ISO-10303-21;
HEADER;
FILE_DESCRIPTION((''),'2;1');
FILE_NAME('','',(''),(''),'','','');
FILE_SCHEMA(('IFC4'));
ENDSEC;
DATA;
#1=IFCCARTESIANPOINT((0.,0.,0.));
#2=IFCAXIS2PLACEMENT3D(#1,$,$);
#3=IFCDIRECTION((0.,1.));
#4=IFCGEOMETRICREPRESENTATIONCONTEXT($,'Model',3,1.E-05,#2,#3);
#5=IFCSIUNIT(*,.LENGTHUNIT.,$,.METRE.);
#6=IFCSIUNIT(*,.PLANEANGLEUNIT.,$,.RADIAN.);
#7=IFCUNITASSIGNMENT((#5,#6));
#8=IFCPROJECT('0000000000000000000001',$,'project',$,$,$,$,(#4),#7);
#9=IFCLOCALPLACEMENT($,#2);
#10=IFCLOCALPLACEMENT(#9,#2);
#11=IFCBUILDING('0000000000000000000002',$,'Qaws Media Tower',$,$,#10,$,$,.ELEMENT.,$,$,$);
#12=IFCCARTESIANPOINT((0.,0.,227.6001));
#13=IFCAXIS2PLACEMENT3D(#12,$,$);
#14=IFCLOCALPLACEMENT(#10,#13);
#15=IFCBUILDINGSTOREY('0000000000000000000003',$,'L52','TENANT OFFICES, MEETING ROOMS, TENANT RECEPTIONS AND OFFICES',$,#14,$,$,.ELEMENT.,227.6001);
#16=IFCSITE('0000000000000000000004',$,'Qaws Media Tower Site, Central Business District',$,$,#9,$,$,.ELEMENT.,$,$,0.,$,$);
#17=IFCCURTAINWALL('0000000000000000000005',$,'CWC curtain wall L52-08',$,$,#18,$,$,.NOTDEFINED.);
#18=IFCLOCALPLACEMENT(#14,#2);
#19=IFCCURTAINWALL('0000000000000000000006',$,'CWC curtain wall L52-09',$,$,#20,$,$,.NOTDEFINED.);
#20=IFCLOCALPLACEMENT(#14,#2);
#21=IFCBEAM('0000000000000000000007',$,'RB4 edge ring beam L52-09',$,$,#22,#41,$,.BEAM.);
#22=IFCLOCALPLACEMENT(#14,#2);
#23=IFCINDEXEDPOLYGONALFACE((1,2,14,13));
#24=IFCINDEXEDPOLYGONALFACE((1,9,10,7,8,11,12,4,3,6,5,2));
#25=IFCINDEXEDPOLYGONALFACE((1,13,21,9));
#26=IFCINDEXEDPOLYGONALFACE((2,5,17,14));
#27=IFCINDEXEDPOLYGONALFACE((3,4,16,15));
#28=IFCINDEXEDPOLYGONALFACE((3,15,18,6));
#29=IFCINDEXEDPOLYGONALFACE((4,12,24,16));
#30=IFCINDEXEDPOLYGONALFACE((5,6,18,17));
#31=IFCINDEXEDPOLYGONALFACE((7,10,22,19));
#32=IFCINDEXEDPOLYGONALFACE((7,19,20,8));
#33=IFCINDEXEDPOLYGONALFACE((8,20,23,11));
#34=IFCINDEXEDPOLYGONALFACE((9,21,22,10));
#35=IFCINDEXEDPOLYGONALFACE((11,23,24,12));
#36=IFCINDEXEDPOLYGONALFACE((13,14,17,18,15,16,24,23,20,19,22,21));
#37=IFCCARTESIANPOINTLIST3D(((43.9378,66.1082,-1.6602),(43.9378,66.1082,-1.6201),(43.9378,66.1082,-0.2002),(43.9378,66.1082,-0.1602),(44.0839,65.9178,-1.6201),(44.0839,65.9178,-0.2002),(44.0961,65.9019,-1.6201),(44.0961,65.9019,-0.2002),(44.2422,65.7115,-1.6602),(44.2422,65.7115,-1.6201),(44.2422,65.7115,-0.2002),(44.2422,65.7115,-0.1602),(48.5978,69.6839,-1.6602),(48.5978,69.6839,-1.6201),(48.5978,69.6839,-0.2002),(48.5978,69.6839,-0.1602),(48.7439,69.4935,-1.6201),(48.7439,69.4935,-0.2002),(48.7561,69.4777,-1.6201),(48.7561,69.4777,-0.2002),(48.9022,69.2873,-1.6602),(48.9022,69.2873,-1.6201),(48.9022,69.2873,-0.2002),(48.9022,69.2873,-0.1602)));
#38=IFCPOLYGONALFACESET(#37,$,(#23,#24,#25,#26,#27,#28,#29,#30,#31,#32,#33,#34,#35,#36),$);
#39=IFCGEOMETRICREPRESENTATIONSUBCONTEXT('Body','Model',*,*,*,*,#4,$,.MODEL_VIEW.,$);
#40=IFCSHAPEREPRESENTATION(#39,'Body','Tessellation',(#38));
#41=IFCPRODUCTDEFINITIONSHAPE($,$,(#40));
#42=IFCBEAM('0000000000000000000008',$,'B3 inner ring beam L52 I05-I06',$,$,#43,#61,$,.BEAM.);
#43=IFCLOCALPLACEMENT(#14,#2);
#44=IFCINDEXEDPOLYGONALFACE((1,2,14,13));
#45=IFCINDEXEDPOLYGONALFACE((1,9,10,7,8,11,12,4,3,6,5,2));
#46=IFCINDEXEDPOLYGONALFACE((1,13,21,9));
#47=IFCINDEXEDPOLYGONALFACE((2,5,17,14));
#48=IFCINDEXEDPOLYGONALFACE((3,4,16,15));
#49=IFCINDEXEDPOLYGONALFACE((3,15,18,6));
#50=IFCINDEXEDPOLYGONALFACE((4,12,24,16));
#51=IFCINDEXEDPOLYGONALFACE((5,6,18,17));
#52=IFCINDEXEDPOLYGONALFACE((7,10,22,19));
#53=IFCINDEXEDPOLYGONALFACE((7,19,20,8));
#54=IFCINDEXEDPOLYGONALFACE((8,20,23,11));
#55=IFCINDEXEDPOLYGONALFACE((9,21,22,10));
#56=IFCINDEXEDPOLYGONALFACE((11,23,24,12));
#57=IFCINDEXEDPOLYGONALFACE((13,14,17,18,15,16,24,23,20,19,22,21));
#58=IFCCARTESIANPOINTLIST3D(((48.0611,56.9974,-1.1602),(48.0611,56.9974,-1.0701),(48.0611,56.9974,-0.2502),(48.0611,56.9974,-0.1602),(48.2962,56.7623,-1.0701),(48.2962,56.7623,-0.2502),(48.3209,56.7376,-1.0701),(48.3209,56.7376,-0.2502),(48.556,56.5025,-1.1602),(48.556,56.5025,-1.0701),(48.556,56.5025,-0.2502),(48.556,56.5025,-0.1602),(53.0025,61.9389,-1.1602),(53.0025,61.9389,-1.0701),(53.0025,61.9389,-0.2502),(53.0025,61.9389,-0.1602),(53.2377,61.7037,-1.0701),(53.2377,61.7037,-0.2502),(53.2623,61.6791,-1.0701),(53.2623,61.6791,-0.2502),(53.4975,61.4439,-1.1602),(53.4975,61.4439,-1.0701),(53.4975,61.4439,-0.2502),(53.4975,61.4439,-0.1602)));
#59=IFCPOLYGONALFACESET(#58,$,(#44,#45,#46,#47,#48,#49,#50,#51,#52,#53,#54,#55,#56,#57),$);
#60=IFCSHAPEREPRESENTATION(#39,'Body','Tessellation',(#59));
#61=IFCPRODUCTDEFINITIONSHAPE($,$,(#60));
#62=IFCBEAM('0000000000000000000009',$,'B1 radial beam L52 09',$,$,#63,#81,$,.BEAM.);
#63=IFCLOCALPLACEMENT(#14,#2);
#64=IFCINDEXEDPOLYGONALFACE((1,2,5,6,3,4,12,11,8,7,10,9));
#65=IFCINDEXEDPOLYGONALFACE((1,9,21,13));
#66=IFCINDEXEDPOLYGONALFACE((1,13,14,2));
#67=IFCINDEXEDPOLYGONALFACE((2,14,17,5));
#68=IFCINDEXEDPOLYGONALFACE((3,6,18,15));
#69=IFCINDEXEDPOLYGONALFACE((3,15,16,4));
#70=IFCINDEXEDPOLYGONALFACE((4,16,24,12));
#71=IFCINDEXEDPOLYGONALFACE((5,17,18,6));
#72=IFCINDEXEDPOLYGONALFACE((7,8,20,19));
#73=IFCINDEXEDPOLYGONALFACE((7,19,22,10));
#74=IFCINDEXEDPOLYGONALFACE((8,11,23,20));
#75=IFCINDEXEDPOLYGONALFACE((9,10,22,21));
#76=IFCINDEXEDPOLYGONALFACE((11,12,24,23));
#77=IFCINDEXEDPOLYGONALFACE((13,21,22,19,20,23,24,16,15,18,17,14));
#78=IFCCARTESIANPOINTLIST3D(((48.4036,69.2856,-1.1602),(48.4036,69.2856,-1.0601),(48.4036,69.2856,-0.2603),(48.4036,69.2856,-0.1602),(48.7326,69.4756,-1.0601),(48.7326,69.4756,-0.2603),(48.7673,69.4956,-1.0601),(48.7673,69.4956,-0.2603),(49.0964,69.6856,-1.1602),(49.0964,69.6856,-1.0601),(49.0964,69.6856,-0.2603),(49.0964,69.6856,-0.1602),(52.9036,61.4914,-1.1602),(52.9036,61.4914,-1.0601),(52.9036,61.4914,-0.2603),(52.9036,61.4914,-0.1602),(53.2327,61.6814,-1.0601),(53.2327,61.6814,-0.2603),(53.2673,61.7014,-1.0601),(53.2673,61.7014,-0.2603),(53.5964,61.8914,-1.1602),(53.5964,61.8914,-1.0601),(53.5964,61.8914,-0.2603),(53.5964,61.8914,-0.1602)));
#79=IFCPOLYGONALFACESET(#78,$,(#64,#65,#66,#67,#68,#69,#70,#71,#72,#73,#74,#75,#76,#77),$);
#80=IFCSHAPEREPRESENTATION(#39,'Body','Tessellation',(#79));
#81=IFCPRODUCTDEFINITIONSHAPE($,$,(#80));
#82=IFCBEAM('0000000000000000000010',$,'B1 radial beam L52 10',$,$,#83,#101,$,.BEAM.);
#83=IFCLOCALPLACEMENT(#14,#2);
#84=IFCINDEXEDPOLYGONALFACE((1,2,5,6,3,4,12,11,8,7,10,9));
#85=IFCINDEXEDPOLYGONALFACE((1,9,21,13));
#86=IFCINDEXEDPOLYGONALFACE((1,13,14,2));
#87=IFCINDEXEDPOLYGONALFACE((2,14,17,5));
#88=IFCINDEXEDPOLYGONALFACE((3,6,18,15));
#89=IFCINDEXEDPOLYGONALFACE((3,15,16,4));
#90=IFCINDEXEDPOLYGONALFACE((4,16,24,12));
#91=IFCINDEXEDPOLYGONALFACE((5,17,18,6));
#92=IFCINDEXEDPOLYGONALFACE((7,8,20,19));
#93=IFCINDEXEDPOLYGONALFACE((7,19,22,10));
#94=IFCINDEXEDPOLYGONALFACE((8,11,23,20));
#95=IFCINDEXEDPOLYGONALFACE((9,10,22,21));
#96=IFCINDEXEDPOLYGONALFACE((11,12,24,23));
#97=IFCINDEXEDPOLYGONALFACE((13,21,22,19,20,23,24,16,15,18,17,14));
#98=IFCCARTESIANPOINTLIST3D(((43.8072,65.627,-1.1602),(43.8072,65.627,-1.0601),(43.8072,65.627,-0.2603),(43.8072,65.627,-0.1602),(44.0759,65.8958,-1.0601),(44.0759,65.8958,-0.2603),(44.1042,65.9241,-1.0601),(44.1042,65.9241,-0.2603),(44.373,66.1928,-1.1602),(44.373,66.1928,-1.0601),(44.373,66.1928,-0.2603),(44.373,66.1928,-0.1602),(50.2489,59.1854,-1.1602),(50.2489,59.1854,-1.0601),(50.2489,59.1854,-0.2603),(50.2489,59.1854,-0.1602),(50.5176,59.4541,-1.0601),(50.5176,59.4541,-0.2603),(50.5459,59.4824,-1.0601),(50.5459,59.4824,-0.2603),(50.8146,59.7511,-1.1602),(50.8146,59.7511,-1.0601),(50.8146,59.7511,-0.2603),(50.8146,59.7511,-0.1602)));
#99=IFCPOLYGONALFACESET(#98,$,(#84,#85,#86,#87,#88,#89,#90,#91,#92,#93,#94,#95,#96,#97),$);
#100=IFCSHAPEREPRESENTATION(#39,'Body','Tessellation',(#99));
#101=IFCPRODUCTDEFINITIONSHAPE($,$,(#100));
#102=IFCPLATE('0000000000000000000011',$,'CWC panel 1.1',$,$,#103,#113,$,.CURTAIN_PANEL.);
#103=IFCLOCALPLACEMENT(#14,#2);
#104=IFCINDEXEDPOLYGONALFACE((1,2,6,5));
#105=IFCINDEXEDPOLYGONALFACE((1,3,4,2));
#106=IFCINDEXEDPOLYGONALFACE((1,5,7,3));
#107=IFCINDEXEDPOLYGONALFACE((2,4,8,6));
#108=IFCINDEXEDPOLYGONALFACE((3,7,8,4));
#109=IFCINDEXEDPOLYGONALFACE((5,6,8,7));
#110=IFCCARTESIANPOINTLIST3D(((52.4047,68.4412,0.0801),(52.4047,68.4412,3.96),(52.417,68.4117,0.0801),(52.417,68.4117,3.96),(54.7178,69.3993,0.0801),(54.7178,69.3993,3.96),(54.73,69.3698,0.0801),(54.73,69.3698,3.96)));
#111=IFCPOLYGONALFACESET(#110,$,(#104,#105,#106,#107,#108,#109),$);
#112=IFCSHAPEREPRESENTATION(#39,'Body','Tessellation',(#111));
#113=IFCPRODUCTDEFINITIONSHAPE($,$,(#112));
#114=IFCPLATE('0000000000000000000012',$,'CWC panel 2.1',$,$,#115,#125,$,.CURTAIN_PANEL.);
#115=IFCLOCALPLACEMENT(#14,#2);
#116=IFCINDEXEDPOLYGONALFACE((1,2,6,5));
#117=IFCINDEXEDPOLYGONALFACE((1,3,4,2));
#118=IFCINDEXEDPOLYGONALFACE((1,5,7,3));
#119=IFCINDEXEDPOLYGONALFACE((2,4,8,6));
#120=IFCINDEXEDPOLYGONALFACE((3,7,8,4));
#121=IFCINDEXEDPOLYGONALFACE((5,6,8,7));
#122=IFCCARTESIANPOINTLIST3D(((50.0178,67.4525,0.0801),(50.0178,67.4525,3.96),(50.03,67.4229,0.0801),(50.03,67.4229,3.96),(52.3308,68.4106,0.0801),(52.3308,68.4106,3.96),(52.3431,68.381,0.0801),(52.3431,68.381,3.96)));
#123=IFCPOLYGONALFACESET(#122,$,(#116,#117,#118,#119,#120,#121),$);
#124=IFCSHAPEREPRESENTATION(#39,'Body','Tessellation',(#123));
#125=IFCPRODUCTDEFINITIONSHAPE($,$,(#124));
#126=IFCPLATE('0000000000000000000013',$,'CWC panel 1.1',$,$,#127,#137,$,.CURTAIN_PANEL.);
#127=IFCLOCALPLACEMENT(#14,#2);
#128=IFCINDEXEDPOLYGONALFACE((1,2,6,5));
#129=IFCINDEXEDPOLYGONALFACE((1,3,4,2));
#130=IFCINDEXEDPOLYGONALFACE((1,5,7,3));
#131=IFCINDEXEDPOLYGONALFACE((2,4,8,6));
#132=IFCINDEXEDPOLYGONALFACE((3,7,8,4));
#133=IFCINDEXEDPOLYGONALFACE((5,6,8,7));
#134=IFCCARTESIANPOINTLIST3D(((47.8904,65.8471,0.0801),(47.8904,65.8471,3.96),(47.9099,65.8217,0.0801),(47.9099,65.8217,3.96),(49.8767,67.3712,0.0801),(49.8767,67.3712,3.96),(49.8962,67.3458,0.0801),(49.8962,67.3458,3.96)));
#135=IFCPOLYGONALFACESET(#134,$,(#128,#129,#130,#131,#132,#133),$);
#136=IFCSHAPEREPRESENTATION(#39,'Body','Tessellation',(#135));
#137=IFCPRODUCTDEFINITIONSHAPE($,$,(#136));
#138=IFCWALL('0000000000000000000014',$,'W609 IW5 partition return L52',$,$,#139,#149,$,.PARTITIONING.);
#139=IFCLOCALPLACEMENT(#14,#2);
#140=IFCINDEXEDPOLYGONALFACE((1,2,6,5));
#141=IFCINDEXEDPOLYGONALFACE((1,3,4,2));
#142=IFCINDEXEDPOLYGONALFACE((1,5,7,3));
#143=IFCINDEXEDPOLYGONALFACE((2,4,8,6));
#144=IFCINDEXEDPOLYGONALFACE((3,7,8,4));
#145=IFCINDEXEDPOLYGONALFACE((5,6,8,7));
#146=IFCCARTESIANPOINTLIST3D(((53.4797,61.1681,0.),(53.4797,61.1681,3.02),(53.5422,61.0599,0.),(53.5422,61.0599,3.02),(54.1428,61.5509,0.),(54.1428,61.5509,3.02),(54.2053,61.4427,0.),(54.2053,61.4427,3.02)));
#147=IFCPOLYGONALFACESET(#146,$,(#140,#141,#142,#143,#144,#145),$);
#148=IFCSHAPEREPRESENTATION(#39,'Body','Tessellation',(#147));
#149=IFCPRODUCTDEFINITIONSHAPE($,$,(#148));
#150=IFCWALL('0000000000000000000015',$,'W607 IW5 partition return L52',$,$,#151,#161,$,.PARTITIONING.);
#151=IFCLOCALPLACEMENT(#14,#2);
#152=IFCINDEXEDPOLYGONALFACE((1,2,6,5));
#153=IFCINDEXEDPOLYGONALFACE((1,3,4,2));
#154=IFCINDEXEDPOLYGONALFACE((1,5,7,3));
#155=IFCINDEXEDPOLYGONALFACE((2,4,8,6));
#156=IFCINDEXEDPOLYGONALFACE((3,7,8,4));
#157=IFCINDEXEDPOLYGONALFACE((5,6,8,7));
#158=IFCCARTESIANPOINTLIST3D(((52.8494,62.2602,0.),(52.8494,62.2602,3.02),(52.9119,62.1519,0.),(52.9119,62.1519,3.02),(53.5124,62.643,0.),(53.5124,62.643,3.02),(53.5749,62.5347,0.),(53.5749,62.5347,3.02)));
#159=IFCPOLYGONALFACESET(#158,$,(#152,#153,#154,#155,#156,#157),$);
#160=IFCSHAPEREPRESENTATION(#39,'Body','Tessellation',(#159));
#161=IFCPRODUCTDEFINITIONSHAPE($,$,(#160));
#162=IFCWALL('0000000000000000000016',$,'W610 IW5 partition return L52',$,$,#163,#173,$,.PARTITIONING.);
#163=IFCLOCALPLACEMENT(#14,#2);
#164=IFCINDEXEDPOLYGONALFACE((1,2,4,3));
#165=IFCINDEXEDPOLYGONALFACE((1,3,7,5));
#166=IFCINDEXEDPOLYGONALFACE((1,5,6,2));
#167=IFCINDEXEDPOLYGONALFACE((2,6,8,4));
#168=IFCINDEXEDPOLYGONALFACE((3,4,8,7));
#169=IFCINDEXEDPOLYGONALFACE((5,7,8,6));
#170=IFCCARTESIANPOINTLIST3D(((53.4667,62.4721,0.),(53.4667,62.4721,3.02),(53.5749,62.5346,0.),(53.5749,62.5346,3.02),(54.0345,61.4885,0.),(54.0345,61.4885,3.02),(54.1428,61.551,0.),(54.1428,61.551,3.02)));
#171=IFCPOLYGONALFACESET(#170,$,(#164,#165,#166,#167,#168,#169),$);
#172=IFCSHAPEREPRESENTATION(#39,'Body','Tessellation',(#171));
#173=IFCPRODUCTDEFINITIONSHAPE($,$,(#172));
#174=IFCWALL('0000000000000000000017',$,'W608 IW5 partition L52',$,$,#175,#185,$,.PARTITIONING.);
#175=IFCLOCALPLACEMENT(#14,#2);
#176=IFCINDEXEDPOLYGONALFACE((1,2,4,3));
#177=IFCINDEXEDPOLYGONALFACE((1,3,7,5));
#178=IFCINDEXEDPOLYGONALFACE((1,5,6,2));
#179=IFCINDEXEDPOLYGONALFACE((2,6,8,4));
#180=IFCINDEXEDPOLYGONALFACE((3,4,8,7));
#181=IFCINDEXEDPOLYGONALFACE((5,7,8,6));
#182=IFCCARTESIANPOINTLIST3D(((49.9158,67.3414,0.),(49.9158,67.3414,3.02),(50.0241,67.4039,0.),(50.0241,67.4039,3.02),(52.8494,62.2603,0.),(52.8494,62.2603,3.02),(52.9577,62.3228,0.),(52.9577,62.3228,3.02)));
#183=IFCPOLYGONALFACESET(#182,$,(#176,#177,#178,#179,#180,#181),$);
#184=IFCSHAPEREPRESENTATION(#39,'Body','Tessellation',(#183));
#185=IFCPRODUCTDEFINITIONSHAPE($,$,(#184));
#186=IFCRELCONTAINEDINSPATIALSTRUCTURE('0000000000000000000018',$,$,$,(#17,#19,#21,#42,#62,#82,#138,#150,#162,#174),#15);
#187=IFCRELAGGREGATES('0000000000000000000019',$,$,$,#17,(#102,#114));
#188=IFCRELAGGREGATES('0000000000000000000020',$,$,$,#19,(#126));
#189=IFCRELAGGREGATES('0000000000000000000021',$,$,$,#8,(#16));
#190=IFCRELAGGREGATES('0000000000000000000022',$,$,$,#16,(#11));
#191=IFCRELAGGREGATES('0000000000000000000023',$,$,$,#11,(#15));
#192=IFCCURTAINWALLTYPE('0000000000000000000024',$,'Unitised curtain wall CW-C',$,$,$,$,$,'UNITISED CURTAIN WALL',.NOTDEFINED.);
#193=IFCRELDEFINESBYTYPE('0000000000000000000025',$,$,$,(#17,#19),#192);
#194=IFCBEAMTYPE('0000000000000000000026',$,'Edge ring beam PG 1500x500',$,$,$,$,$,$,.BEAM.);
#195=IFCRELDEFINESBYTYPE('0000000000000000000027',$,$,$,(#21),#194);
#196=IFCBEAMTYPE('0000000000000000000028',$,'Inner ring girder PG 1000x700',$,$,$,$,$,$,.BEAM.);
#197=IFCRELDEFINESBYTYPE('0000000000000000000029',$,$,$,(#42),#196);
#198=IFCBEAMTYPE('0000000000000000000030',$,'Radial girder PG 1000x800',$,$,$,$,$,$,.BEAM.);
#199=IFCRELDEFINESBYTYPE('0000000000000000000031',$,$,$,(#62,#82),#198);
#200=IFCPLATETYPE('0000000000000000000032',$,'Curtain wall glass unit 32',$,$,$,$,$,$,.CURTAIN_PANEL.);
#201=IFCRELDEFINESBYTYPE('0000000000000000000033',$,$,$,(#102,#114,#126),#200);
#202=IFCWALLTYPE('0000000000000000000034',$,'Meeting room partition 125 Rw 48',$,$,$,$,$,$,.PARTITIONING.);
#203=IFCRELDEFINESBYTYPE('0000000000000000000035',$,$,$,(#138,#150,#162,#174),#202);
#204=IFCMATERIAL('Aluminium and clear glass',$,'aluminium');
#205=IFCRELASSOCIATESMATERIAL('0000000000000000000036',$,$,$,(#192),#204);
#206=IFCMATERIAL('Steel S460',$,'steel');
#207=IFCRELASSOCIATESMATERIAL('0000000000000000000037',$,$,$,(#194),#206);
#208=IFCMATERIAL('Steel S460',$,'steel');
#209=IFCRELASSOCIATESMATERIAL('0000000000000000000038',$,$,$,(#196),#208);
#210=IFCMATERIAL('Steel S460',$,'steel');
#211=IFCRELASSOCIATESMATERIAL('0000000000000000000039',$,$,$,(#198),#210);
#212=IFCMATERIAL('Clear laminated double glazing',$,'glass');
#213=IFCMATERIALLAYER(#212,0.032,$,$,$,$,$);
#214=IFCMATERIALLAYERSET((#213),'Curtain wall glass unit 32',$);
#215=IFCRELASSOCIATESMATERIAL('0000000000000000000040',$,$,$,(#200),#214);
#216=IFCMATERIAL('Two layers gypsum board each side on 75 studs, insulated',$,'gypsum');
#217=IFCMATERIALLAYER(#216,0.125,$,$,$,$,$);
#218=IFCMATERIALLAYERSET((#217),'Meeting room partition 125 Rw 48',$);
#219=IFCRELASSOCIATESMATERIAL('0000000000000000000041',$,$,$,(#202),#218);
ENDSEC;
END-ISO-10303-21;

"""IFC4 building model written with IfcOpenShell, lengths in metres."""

from ifc_helpers import new_model, si_unit, direction, frame, frame_2d, origin, origin_2d, place, context, subcontext, project, spatial, rectangle, i_section, extrude, material, layer, layer_set, material_profile, profile_set, type_object, element, aggregate, save


model = new_model("IFC4")

# Units and contexts
model_context = context("Model", 3, precision=1e-05, world=origin(), true_north=direction((0.0, 1.0)))
body_context = subcontext(model_context, "Body", "Model", "MODEL_VIEW")
ifc_project = project(units=[si_unit("LENGTHUNIT", "METRE"), si_unit("PLANEANGLEUNIT", "RADIAN")], contexts=[model_context])

# Site, building, storey
site_placement = place(None, origin())
site = spatial("IfcSite", under=ifc_project, at=site_placement, Name="Qaws Media Tower Site, Central Business District", CompositionType="ELEMENT", RefElevation=0.0)
building_placement = place(site_placement, origin())
building = spatial("IfcBuilding", under=site, at=building_placement, Name="Qaws Media Tower", CompositionType="ELEMENT")
storey_placement = place(building_placement, frame((0.0, 0.0, 227.6001)))
storey = spatial("IfcBuildingStorey", under=building, at=storey_placement, Name="L52", Description="TENANT OFFICES, MEETING ROOMS, TENANT RECEPTIONS AND OFFICES", CompositionType="ELEMENT", Elevation=227.6001)

# Curtain wall
ifc_material_1 = material(Name="Aluminium and clear glass", Category="aluminium")
curtain_wall_type = type_object("IfcCurtainWallType", Name="Unitised curtain wall CW-C", ElementType="UNITISED CURTAIN WALL", PredefinedType="NOTDEFINED", material=ifc_material_1)
curtain_wall_1_placement = place(storey_placement, origin())
curtain_wall_1 = element("IfcCurtainWall", 1, at=curtain_wall_1_placement, inside=storey, type_object=curtain_wall_type, Name="CWC curtain wall L52-08", PredefinedType="NOTDEFINED")

# Curtain wall
curtain_wall_2_placement = place(storey_placement, origin())
curtain_wall_2 = element("IfcCurtainWall", 2, at=curtain_wall_2_placement, inside=storey, type_object=curtain_wall_type, Name="CWC curtain wall L52-09", PredefinedType="NOTDEFINED")

# Beams
ifc_material_2 = material(Name="Steel S460", Category="steel")
ifc_material_profile_1 = material_profile(ifc_material_2, i_section(OverallWidth=0.5, OverallDepth=1.5, WebThickness=0.02, FlangeThickness=0.04, at=origin_2d()), Name="PG 1500x500")
ifc_profile_set_1 = profile_set([ifc_material_profile_1], Name="Steel S460")
beam_type_1 = type_object("IfcBeamType", Name="Edge ring beam PG 1500x500", PredefinedType="BEAM", material=ifc_profile_set_1)
beam_1_placement = place(storey_placement, frame((48.75, 69.4856, -0.9102), z_axis=(-0.793353, -0.608762, 0.0), x_axis=(0.608762, -0.793353, 0.0)))
element("IfcBeam", 3, at=beam_1_placement, inside=storey, type_object=beam_type_1, Name="RB4 edge ring beam L52-09", PredefinedType="BEAM", context=body_context, shape_type="SweptSolid", body=[
    extrude(i_section(OverallWidth=0.5, OverallDepth=1.5, WebThickness=0.02, FlangeThickness=0.04, at=origin_2d()), origin(), (0.0, 0.0, 1.0), 5.8738),
])
ifc_material_3 = material(Name="Steel S460", Category="steel")
ifc_material_profile_2 = material_profile(ifc_material_3, i_section(OverallWidth=0.7, OverallDepth=1.0, WebThickness=0.0349, FlangeThickness=0.0901, at=origin_2d()), Name="PG 1000x700")
ifc_profile_set_2 = profile_set([ifc_material_profile_2], Name="Steel S460")
beam_type_2 = type_object("IfcBeamType", Name="Inner ring girder PG 1000x700", PredefinedType="BEAM", material=ifc_profile_set_2)
beam_2_placement = place(storey_placement, frame((53.25, 61.6914, -0.6602), z_axis=(-0.707107, -0.707107, 0.0), x_axis=(0.707107, -0.707107, 0.0)))
element("IfcBeam", 4, at=beam_2_placement, inside=storey, type_object=beam_type_2, Name="B3 inner ring beam L52 I05-I06", PredefinedType="BEAM", context=body_context, shape_type="SweptSolid", body=[
    extrude(i_section(OverallWidth=0.7, OverallDepth=1.0, WebThickness=0.0349, FlangeThickness=0.0901, at=origin_2d()), origin(), (0.0, 0.0, 1.0), 6.9883),
])
ifc_material_4 = material(Name="Steel S460", Category="steel")
ifc_material_profile_3 = material_profile(ifc_material_4, i_section(OverallWidth=0.8, OverallDepth=1.0, WebThickness=0.04, FlangeThickness=0.1001, at=origin_2d()), Name="PG 1000x800")
ifc_profile_set_3 = profile_set([ifc_material_profile_3], Name="Steel S460")
beam_type_3 = type_object("IfcBeamType", Name="Radial girder PG 1000x800", PredefinedType="BEAM", material=ifc_profile_set_3)
beam_3_placement = place(storey_placement, frame((53.25, 61.6914, -0.6602), z_axis=(-0.500002, 0.866024, 0.0), x_axis=(-0.866024, -0.500002, 0.0)))
element("IfcBeam", 5, at=beam_3_placement, inside=storey, type_object=beam_type_3, Name="B1 radial beam L52 09", PredefinedType="BEAM", context=body_context, shape_type="SweptSolid", body=[
    extrude(i_section(OverallWidth=0.8, OverallDepth=1.0, WebThickness=0.04, FlangeThickness=0.1001, at=origin_2d()), origin(), (0.0, 0.0, 1.0), 9.0),
])
beam_4_placement = place(storey_placement, frame((50.5317, 59.4683, -0.6602), z_axis=(-0.707107, 0.707107, 0.0), x_axis=(-0.707107, -0.707107, 0.0)))
element("IfcBeam", 6, at=beam_4_placement, inside=storey, type_object=beam_type_3, Name="B1 radial beam L52 10", PredefinedType="BEAM", context=body_context, shape_type="SweptSolid", body=[
    extrude(i_section(OverallWidth=0.8, OverallDepth=1.0, WebThickness=0.04, FlangeThickness=0.1001, at=origin_2d()), origin(), (0.0, 0.0, 1.0), 9.1099),
])

# Plates
ifc_material_5 = material(Name="Clear laminated double glazing", Category="glass")
ifc_layer_1 = layer(ifc_material_5, 0.032)
ifc_layer_set_1 = layer_set([ifc_layer_1], Name="Curtain wall glass unit 32")
plate_type = type_object("IfcPlateType", Name="Curtain wall glass unit 32", PredefinedType="CURTAIN_PANEL", material=ifc_layer_set_1)
plate_1_placement = place(storey_placement, frame((53.5674, 68.9055, 0.0801), z_axis=(0.0, 0.0, 1.0), x_axis=(-0.92388, -0.382683, 0.0)))
plate_1 = element("IfcPlate", 7, at=plate_1_placement, type_object=plate_type, Name="CWC panel 1.1", PredefinedType="CURTAIN_PANEL", context=body_context, shape_type="SweptSolid", body=[
    extrude(rectangle(XDim=2.5037, YDim=0.032, at=origin_2d()), origin(), (0.0, 0.0, 1.0), 3.8799),
])
plate_2_placement = place(storey_placement, frame((51.1804, 67.9167, 0.0801), z_axis=(0.0, 0.0, 1.0), x_axis=(-0.92388, -0.382683, 0.0)))
plate_2 = element("IfcPlate", 8, at=plate_2_placement, type_object=plate_type, Name="CWC panel 2.1", PredefinedType="CURTAIN_PANEL", context=body_context, shape_type="SweptSolid", body=[
    extrude(rectangle(XDim=2.5037, YDim=0.032, at=origin_2d()), origin(), (0.0, 0.0, 1.0), 3.8799),
])
aggregate(curtain_wall_1, [plate_1, plate_2])
plate_3_placement = place(storey_placement, frame((48.8933, 66.5964, 0.0801), z_axis=(0.0, 0.0, 1.0), x_axis=(-0.793353, -0.608762, 0.0)))
plate_3 = element("IfcPlate", 9, at=plate_3_placement, type_object=plate_type, Name="CWC panel 1.1", PredefinedType="CURTAIN_PANEL", context=body_context, shape_type="SweptSolid", body=[
    extrude(rectangle(XDim=2.5037, YDim=0.032, at=origin_2d()), origin(), (0.0, 0.0, 1.0), 3.8799),
])
aggregate(curtain_wall_2, [plate_3])

# Walls
ifc_material_6 = material(Name="Two layers gypsum board each side on 75 studs, insulated", Category="gypsum")
ifc_layer_2 = layer(ifc_material_6, 0.125)
ifc_layer_set_2 = layer_set([ifc_layer_2], Name="Meeting room partition 125 Rw 48")
wall_type_1 = type_object("IfcWallType", Name="Meeting room partition 125 Rw 48", PredefinedType="PARTITIONING", material=ifc_layer_set_2)
for number, where, z_axis, x_axis, name in (
    (10, (53.511, 61.114, 0.0), (0.0, 0.0, 1.0), (0.866037, 0.49998, 0.0), "W609 IW5 partition return L52"),
    (11, (52.8806, 62.2061, 0.0), (0.0, 0.0, 1.0), (0.866037, 0.49998, 0.0), "W607 IW5 partition return L52"),
):
    element("IfcWall", number, at=place(storey_placement, frame(where, z_axis=z_axis, x_axis=x_axis)), inside=storey, type_object=wall_type_1, Name=name, PredefinedType="PARTITIONING", context=body_context, shape_type="SweptSolid", body=[
        extrude(rectangle(XDim=0.7656, YDim=0.125, at=frame_2d((0.3828, 0.0))), origin(), (0.0, 0.0, 1.0), 3.02),
    ])
wall_1_placement = place(storey_placement, frame((54.0886, 61.5198, 0.0), z_axis=(0.0, 0.0, 1.0), x_axis=(-0.499977, 0.866039, 0.0)))
element("IfcWall", 12, at=wall_1_placement, inside=storey, type_object=wall_type_1, Name="W610 IW5 partition return L52", PredefinedType="PARTITIONING", context=body_context, shape_type="SweptSolid", body=[
    extrude(rectangle(XDim=1.1357, YDim=0.125, at=frame_2d((0.5679, 0.0))), origin(), (0.0, 0.0, 1.0), 3.02),
])
wall_2_placement = place(storey_placement, frame((52.9036, 62.2915, 0.0), z_axis=(0.0, 0.0, 1.0), x_axis=(-0.500006, 0.866022, 0.0)))
element("IfcWall", 13, at=wall_2_placement, inside=storey, type_object=wall_type_1, Name="W608 IW5 partition L52", PredefinedType="PARTITIONING", context=body_context, shape_type="SweptSolid", body=[
    extrude(rectangle(XDim=5.8672, YDim=0.125, at=frame_2d((2.9336, 0.0))), origin(), (0.0, 0.0, 1.0), 3.02),
])

save(model, "model.ifc")
